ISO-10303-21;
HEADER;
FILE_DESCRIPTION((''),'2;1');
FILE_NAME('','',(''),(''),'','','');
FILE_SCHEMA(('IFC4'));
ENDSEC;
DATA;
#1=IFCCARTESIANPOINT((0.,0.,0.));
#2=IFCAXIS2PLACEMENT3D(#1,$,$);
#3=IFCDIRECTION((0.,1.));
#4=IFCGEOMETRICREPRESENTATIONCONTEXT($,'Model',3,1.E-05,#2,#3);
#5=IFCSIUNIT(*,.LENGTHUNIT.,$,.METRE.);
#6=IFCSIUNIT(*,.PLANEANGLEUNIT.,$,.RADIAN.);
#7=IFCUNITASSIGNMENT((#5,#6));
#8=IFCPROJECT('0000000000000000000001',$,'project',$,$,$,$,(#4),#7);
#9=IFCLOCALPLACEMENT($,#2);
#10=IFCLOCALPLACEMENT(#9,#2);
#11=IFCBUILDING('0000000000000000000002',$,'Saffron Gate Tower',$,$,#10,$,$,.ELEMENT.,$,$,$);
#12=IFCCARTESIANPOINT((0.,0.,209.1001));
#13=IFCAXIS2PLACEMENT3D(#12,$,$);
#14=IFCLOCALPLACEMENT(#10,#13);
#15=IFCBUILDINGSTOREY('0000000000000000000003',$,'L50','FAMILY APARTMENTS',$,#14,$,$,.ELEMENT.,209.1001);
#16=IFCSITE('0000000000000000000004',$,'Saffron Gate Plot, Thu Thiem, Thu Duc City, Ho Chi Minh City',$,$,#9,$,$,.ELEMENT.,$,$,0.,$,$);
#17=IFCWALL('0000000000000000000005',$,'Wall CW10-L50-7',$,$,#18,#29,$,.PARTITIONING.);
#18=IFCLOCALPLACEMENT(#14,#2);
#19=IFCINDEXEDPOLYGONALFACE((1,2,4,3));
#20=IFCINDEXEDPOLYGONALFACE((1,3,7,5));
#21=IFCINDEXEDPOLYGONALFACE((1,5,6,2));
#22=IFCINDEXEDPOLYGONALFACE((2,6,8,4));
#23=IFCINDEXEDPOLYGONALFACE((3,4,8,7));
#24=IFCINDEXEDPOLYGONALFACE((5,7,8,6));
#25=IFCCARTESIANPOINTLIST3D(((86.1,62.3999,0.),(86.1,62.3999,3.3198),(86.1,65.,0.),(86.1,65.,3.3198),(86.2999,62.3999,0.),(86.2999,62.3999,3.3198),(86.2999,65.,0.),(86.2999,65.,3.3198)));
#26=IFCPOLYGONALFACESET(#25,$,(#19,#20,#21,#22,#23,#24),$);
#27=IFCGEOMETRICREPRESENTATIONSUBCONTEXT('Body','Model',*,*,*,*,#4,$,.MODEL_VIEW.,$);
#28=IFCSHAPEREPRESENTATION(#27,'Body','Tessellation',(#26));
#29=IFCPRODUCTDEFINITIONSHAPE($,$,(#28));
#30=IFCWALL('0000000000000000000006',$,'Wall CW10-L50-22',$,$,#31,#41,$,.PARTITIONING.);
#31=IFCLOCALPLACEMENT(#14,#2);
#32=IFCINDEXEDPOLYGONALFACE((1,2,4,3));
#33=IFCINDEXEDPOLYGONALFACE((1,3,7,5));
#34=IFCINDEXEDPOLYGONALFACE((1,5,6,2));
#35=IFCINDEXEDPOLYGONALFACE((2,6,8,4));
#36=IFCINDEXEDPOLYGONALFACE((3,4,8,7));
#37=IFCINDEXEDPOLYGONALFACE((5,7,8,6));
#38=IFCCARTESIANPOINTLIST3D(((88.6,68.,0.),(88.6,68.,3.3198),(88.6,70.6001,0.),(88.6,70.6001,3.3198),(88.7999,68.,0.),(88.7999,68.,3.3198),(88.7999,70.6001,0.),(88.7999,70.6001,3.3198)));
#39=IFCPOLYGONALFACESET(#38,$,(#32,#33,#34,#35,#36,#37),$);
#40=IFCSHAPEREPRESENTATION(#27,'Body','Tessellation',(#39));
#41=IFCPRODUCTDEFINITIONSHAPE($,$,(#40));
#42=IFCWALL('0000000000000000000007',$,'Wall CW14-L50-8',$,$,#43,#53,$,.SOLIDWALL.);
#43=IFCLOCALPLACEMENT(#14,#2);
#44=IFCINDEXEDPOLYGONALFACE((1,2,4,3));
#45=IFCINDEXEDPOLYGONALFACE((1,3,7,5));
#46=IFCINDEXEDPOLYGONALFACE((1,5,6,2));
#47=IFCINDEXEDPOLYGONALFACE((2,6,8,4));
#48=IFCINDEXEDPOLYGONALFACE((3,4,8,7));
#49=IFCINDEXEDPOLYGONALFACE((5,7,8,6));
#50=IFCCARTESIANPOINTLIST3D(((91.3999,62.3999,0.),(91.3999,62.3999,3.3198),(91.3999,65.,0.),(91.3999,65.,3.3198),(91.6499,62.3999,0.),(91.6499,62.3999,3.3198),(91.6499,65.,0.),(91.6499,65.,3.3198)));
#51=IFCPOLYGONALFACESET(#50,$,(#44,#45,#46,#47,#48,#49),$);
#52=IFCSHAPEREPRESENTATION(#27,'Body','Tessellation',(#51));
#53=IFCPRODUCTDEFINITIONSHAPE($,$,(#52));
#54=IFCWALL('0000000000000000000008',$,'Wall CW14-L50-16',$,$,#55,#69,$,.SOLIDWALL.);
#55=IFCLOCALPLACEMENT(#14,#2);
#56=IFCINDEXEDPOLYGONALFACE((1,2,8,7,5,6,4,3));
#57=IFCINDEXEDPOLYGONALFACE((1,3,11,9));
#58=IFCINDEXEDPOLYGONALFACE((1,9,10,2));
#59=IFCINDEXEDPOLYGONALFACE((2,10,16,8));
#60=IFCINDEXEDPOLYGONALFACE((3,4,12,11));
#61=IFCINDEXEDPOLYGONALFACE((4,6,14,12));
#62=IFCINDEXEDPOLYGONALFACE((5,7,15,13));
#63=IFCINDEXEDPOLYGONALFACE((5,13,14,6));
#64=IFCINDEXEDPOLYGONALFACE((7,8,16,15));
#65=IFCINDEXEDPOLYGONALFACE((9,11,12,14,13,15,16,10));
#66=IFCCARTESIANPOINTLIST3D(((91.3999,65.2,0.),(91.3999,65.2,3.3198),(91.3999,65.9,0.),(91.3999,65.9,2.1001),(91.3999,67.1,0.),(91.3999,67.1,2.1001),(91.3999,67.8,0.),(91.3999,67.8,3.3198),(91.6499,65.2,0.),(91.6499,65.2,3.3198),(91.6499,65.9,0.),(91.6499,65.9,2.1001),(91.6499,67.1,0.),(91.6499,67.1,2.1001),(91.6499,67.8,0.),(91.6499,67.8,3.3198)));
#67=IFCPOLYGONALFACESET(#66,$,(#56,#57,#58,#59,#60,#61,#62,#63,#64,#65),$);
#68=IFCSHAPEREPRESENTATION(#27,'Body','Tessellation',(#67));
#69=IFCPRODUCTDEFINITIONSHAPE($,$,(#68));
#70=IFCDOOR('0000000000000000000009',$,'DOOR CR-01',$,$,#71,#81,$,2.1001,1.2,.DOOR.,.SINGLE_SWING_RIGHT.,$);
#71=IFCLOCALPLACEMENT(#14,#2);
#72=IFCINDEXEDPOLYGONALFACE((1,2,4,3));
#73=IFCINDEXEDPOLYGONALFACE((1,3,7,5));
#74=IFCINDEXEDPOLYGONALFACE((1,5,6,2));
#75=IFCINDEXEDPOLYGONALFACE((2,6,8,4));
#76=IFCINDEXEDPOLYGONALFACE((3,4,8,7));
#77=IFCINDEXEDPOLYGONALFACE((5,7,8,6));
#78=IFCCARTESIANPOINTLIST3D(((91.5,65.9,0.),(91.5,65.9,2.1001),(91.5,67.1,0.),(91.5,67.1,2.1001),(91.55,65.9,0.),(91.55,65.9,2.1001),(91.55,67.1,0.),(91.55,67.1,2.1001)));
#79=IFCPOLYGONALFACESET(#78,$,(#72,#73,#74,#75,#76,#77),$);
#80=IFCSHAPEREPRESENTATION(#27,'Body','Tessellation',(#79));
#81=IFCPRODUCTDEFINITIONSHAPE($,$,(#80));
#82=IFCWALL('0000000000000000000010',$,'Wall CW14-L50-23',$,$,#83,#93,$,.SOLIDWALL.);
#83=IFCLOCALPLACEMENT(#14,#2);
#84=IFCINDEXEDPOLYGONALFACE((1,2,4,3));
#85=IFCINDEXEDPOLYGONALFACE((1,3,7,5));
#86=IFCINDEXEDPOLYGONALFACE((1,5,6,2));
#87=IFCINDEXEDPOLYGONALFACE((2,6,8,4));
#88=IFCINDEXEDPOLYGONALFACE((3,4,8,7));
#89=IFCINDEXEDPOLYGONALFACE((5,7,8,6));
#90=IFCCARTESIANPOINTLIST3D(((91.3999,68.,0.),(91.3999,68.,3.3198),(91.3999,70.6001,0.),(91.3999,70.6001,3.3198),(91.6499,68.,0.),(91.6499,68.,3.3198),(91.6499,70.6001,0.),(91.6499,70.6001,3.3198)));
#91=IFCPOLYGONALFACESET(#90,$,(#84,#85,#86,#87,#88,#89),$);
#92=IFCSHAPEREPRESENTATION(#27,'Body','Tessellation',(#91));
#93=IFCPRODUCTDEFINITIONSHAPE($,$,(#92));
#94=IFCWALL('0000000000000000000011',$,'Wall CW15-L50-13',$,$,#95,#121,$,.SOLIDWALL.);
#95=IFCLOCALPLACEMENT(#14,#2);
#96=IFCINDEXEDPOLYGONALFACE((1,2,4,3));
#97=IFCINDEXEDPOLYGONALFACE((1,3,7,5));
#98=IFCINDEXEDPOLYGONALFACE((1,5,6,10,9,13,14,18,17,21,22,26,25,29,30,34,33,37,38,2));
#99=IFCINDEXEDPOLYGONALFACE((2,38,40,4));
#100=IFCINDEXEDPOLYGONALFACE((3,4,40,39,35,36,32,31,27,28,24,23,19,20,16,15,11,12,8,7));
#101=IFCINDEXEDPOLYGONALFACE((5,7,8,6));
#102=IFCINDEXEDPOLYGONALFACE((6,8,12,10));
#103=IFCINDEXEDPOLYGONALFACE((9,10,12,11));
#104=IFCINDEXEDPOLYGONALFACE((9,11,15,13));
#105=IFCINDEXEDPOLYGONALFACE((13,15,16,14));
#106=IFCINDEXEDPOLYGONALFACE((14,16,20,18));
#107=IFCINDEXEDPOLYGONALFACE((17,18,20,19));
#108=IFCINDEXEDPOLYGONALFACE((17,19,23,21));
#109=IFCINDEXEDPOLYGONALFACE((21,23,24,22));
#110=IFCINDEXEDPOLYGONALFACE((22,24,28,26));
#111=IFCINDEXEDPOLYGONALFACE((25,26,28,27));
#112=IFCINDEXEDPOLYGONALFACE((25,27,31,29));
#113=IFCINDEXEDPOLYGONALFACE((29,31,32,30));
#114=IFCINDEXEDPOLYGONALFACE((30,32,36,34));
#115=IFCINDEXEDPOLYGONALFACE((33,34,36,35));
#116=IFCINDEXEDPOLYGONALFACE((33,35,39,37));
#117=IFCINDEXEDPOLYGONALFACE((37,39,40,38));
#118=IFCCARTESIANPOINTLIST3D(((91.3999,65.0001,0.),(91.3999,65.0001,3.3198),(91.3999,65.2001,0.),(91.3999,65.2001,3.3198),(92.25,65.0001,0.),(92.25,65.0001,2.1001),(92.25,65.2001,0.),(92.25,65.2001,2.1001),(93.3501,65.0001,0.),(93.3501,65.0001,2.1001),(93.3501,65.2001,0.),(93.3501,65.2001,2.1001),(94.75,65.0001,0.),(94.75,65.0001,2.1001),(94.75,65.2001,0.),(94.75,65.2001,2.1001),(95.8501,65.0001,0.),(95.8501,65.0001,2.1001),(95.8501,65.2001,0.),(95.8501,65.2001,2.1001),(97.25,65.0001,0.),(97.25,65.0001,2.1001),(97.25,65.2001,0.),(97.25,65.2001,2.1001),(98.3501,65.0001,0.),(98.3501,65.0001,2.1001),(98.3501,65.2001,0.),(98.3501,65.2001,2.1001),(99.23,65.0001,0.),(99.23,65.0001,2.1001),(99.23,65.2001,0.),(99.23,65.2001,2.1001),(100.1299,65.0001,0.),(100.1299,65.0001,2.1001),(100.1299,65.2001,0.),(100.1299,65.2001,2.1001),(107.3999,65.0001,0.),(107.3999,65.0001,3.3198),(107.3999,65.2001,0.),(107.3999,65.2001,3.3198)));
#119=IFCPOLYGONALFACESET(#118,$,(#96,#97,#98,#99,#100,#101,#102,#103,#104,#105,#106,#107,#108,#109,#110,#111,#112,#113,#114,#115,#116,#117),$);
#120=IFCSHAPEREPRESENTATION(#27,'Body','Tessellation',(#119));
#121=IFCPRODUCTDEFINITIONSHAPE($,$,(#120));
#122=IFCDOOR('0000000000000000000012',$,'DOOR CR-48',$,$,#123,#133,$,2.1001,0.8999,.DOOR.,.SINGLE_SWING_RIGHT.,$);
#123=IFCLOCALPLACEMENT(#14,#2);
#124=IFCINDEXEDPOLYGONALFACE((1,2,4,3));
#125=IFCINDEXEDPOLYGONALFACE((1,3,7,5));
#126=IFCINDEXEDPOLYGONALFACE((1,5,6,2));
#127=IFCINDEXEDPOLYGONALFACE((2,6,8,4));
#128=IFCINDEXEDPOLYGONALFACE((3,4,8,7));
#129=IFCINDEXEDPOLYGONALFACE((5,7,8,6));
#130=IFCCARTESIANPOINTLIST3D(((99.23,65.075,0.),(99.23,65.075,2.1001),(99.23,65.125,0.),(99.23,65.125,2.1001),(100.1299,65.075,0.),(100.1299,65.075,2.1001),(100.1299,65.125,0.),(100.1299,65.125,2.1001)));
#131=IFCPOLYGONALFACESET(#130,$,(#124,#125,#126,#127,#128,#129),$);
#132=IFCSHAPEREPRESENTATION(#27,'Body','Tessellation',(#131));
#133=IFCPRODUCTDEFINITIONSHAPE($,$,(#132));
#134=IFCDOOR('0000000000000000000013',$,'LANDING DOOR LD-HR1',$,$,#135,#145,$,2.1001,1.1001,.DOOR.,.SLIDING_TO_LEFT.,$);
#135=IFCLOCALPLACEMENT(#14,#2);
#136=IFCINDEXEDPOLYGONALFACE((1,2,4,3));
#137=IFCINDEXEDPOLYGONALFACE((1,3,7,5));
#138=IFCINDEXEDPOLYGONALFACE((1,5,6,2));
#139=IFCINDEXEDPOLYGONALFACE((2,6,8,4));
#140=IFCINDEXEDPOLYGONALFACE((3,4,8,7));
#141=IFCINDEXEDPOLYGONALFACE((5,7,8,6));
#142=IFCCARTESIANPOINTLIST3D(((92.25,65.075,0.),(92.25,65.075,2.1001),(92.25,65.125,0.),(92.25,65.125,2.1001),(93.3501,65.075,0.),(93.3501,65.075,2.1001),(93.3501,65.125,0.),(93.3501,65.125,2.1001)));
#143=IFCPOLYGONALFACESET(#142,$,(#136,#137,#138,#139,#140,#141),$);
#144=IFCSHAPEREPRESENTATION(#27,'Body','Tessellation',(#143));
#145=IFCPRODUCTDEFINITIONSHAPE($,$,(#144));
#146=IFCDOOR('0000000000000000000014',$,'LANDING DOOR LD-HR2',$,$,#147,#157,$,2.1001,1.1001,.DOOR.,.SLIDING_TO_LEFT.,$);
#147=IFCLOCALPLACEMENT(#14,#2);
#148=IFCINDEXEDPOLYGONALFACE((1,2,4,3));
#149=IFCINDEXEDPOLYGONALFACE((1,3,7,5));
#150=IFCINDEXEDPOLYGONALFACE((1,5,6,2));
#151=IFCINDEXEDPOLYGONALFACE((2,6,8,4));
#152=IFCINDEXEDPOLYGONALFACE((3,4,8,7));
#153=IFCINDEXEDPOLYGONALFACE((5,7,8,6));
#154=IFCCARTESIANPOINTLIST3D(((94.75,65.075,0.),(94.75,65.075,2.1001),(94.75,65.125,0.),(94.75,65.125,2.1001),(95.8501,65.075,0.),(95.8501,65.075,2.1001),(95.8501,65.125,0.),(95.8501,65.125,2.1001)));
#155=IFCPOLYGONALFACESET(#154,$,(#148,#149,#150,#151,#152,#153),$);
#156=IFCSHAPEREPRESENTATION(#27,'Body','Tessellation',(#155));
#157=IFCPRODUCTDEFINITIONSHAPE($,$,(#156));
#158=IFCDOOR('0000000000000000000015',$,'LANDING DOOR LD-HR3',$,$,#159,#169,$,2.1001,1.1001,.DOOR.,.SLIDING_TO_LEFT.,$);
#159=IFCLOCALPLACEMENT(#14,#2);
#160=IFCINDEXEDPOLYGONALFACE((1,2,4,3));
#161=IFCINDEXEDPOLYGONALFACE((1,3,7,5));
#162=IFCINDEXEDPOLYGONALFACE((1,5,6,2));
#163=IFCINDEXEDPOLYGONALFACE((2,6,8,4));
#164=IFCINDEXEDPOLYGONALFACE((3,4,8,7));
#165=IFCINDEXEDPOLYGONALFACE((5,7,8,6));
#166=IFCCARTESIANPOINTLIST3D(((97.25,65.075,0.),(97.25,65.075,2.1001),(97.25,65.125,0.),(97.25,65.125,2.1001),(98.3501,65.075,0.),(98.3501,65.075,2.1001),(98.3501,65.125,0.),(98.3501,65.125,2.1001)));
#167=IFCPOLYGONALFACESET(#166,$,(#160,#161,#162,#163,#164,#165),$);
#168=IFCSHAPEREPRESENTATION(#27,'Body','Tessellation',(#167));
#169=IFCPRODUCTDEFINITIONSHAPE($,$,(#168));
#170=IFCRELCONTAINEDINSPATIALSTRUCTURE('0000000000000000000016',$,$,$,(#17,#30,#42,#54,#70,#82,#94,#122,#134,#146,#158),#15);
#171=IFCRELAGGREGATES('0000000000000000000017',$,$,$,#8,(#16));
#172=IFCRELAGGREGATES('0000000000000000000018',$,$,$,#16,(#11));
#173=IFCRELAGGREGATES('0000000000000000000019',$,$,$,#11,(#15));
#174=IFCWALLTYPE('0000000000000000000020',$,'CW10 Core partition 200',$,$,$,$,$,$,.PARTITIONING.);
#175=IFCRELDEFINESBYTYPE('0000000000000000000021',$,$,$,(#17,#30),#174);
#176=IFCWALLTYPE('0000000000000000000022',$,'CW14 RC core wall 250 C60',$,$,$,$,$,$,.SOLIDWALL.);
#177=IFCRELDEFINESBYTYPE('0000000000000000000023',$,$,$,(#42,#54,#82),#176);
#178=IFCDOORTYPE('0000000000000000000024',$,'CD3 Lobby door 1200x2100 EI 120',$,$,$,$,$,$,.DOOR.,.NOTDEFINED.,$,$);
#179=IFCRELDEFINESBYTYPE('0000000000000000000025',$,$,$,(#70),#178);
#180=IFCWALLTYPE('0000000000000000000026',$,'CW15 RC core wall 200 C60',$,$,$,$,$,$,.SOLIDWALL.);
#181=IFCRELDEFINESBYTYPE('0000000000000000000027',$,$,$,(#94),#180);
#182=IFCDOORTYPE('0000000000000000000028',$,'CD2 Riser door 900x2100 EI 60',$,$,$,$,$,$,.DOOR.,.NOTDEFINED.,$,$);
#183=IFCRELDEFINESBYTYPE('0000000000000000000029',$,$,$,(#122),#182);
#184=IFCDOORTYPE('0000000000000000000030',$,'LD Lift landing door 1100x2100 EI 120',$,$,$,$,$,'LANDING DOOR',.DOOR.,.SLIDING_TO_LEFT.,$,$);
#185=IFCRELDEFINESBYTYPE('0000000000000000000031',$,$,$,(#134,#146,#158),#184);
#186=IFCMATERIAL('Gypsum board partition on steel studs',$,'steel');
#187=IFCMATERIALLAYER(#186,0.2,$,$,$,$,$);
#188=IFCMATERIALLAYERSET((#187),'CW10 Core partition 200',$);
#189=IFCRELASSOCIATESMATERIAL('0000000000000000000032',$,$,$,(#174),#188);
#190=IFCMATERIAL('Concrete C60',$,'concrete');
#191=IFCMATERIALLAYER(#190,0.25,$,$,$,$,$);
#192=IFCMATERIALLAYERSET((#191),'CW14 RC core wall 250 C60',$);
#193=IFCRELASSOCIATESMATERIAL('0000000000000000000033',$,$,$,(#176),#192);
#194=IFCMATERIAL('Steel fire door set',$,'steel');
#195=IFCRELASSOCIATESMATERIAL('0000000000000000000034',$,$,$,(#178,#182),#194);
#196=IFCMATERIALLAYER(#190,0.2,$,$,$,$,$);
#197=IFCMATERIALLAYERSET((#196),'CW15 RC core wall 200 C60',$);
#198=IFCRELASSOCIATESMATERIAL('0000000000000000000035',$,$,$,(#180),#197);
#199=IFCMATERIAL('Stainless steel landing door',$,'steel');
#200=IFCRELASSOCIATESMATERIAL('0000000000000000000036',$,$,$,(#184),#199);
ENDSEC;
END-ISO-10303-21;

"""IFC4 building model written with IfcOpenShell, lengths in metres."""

from ifc_helpers import new_model, si_unit, direction, frame, frame_2d, origin, place, context, subcontext, project, spatial, rectangle, extrude, material, layer, layer_set, type_object, element, fill, save


model = new_model("IFC4")

# Units and contexts
model_context = context("Model", 3, precision=1e-05, world=origin(), true_north=direction((0.0, 1.0)))
body_context = subcontext(model_context, "Body", "Model", "MODEL_VIEW")
ifc_project = project(units=[si_unit("LENGTHUNIT", "METRE"), si_unit("PLANEANGLEUNIT", "RADIAN")], contexts=[model_context])

# Site, building, storey
site_placement = place(None, origin())
site = spatial("IfcSite", under=ifc_project, at=site_placement, Name="Saffron Gate Plot, Thu Thiem, Thu Duc City, Ho Chi Minh City", CompositionType="ELEMENT", RefElevation=0.0)
building_placement = place(site_placement, origin())
building = spatial("IfcBuilding", under=site, at=building_placement, Name="Saffron Gate Tower", CompositionType="ELEMENT")
storey_placement = place(building_placement, frame((0.0, 0.0, 209.1001)))
storey = spatial("IfcBuildingStorey", under=building, at=storey_placement, Name="L50", Description="FAMILY APARTMENTS", CompositionType="ELEMENT", Elevation=209.1001)

# Walls
ifc_material_1 = material(Name="Gypsum board partition on steel studs", Category="steel")
ifc_layer_1 = layer(ifc_material_1, 0.2)
ifc_layer_set_1 = layer_set([ifc_layer_1], Name="CW10 Core partition 200")
wall_type_1 = type_object("IfcWallType", Name="CW10 Core partition 200", PredefinedType="PARTITIONING", material=ifc_layer_set_1)
for number, where, z_axis, x_axis, name in (
    (1, (86.2, 62.3999, 0.0), (0.0, 0.0, 1.0), (0.0, 1.0, 0.0), "Wall CW10-L50-7"),
    (2, (88.7, 68.0, 0.0), (0.0, 0.0, 1.0), (0.0, 1.0, 0.0), "Wall CW10-L50-22"),
):
    element("IfcWall", number, at=place(storey_placement, frame(where, z_axis=z_axis, x_axis=x_axis)), inside=storey, type_object=wall_type_1, Name=name, PredefinedType="PARTITIONING", context=body_context, shape_type="SweptSolid", body=[
        extrude(rectangle(XDim=2.6001, YDim=0.2, at=frame_2d((1.3, 0.0))), origin(), (0.0, 0.0, 1.0), 3.3198),
    ])
ifc_material_2 = material(Name="Concrete C60", Category="concrete")
ifc_layer_2 = layer(ifc_material_2, 0.25)
ifc_layer_set_2 = layer_set([ifc_layer_2], Name="CW14 RC core wall 250 C60")
wall_type_2 = type_object("IfcWallType", Name="CW14 RC core wall 250 C60", PredefinedType="SOLIDWALL", material=ifc_layer_set_2)
wall_1_placement = place(storey_placement, frame((91.5249, 62.3999, 0.0), z_axis=(0.0, 0.0, 1.0), x_axis=(0.0, 1.0, 0.0)))
element("IfcWall", 3, at=wall_1_placement, inside=storey, type_object=wall_type_2, Name="Wall CW14-L50-8", PredefinedType="SOLIDWALL", context=body_context, shape_type="SweptSolid", body=[
    extrude(rectangle(XDim=2.6001, YDim=0.25, at=frame_2d((1.3, 0.0))), origin(), (0.0, 0.0, 1.0), 3.3198),
])

# Wall, opening, door
wall_2_placement = place(storey_placement, frame((91.5249, 65.2, 0.0), z_axis=(0.0, 0.0, 1.0), x_axis=(0.0, 1.0, 0.0)))
wall_2 = element("IfcWall", 4, at=wall_2_placement, inside=storey, type_object=wall_type_2, Name="Wall CW14-L50-16", PredefinedType="SOLIDWALL", context=body_context, shape_type="SweptSolid", body=[
    extrude(rectangle(XDim=2.6001, YDim=0.25, at=frame_2d((1.3, 0.0))), origin(), (0.0, 0.0, 1.0), 3.3198),
])
opening_1_placement = place(wall_2_placement, frame((0.7, 0.0, 0.0)))
opening_1 = element("IfcOpeningElement", 5, at=opening_1_placement, cuts=wall_2, PredefinedType="OPENING", context=body_context, shape_type="SweptSolid", body=[
    extrude(rectangle(XDim=1.2, YDim=2.1001, at=frame_2d((0.6001, 1.05))), frame((0.0, 0.135, 0.0), z_axis=(0.0, -1.0, 0.0), x_axis=(1.0, 0.0, 0.0)), (0.0, 0.0, 1.0), 0.27),
])
ifc_material_3 = material(Name="Steel fire door set", Category="steel")
door_type_1 = type_object("IfcDoorType", Name="CD3 Lobby door 1200x2100 EI 120", OperationType="NOTDEFINED", PredefinedType="DOOR", material=ifc_material_3)
door_1_placement = place(opening_1_placement, origin())
door_1 = element("IfcDoor", 6, at=door_1_placement, inside=storey, type_object=door_type_1, Name="DOOR CR-01", OperationType="SINGLE_SWING_RIGHT", OverallHeight=2.1001, OverallWidth=1.2, PredefinedType="DOOR", context=body_context, shape_type="SweptSolid", body=[
    extrude(rectangle(XDim=1.2, YDim=2.1001, at=frame_2d((0.6001, 1.05))), frame((0.0, 0.0249, 0.0), z_axis=(0.0, -1.0, 0.0), x_axis=(1.0, 0.0, 0.0)), (0.0, 0.0, 1.0), 0.05),
])
fill(opening_1, door_1)

# Wall
wall_3_placement = place(storey_placement, frame((91.5249, 68.0, 0.0), z_axis=(0.0, 0.0, 1.0), x_axis=(0.0, 1.0, 0.0)))
element("IfcWall", 7, at=wall_3_placement, inside=storey, type_object=wall_type_2, Name="Wall CW14-L50-23", PredefinedType="SOLIDWALL", context=body_context, shape_type="SweptSolid", body=[
    extrude(rectangle(XDim=2.6001, YDim=0.25, at=frame_2d((1.3, 0.0))), origin(), (0.0, 0.0, 1.0), 3.3198),
])

# Wall, openings, doors
ifc_layer_3 = layer(ifc_material_2, 0.2)
ifc_layer_set_3 = layer_set([ifc_layer_3], Name="CW15 RC core wall 200 C60")
wall_type_3 = type_object("IfcWallType", Name="CW15 RC core wall 200 C60", PredefinedType="SOLIDWALL", material=ifc_layer_set_3)
wall_4_placement = place(storey_placement, frame((91.3999, 65.1001, 0.0), z_axis=(0.0, 0.0, 1.0), x_axis=(1.0, 0.0, 0.0)))
wall_4 = element("IfcWall", 8, at=wall_4_placement, inside=storey, type_object=wall_type_3, Name="Wall CW15-L50-13", PredefinedType="SOLIDWALL", context=body_context, shape_type="SweptSolid", body=[
    extrude(rectangle(XDim=16.0, YDim=0.2, at=frame_2d((8.0, 0.0))), origin(), (0.0, 0.0, 1.0), 3.3198),
])
opening_2_placement = place(wall_4_placement, frame((0.8501, 0.0, 0.0)))
opening_2 = element("IfcOpeningElement", 9, at=opening_2_placement, cuts=wall_4, PredefinedType="OPENING", context=body_context, shape_type="SweptSolid", body=[
    extrude(rectangle(XDim=1.1001, YDim=2.1001, at=frame_2d((0.55, 1.05))), frame((0.0, 0.1099, 0.0), z_axis=(0.0, -1.0, 0.0), x_axis=(1.0, 0.0, 0.0)), (0.0, 0.0, 1.0), 0.22),
])
opening_3_placement = place(wall_4_placement, frame((3.3501, 0.0, 0.0)))
opening_3 = element("IfcOpeningElement", 10, at=opening_3_placement, cuts=wall_4, PredefinedType="OPENING", context=body_context, shape_type="SweptSolid", body=[
    extrude(rectangle(XDim=1.1001, YDim=2.1001, at=frame_2d((0.55, 1.05))), frame((0.0, 0.1099, 0.0), z_axis=(0.0, -1.0, 0.0), x_axis=(1.0, 0.0, 0.0)), (0.0, 0.0, 1.0), 0.22),
])
opening_4_placement = place(wall_4_placement, frame((5.8501, 0.0, 0.0)))
opening_4 = element("IfcOpeningElement", 11, at=opening_4_placement, cuts=wall_4, PredefinedType="OPENING", context=body_context, shape_type="SweptSolid", body=[
    extrude(rectangle(XDim=1.1001, YDim=2.1001, at=frame_2d((0.55, 1.05))), frame((0.0, 0.1099, 0.0), z_axis=(0.0, -1.0, 0.0), x_axis=(1.0, 0.0, 0.0)), (0.0, 0.0, 1.0), 0.22),
])
opening_5_placement = place(wall_4_placement, frame((7.8301, 0.0, 0.0)))
opening_5 = element("IfcOpeningElement", 12, at=opening_5_placement, cuts=wall_4, PredefinedType="OPENING", context=body_context, shape_type="SweptSolid", body=[
    extrude(rectangle(XDim=0.8999, YDim=2.1001, at=frame_2d((0.45, 1.05))), frame((0.0, 0.1099, 0.0), z_axis=(0.0, -1.0, 0.0), x_axis=(1.0, 0.0, 0.0)), (0.0, 0.0, 1.0), 0.22),
])
door_type_2 = type_object("IfcDoorType", Name="CD2 Riser door 900x2100 EI 60", OperationType="NOTDEFINED", PredefinedType="DOOR", material=ifc_material_3)
door_2_placement = place(opening_5_placement, origin())
door_2 = element("IfcDoor", 13, at=door_2_placement, inside=storey, type_object=door_type_2, Name="DOOR CR-48", OperationType="SINGLE_SWING_RIGHT", OverallHeight=2.1001, OverallWidth=0.8999, PredefinedType="DOOR", context=body_context, shape_type="SweptSolid", body=[
    extrude(rectangle(XDim=0.8999, YDim=2.1001, at=frame_2d((0.45, 1.05))), frame((0.0, 0.0249, 0.0), z_axis=(0.0, -1.0, 0.0), x_axis=(1.0, 0.0, 0.0)), (0.0, 0.0, 1.0), 0.05),
])
fill(opening_5, door_2)
ifc_material_4 = material(Name="Stainless steel landing door", Category="steel")
door_type_3 = type_object("IfcDoorType", Name="LD Lift landing door 1100x2100 EI 120", ElementType="LANDING DOOR", OperationType="SLIDING_TO_LEFT", PredefinedType="DOOR", material=ifc_material_4)
door_3_placement = place(opening_2_placement, origin())
door_3 = element("IfcDoor", 14, at=door_3_placement, inside=storey, type_object=door_type_3, Name="LANDING DOOR LD-HR1", OperationType="SLIDING_TO_LEFT", OverallHeight=2.1001, OverallWidth=1.1001, PredefinedType="DOOR", context=body_context, shape_type="SweptSolid", body=[
    extrude(rectangle(XDim=1.1001, YDim=2.1001, at=frame_2d((0.55, 1.05))), frame((0.0, 0.0249, 0.0), z_axis=(0.0, -1.0, 0.0), x_axis=(1.0, 0.0, 0.0)), (0.0, 0.0, 1.0), 0.05),
])
fill(opening_2, door_3)
door_4_placement = place(opening_3_placement, origin())
door_4 = element("IfcDoor", 15, at=door_4_placement, inside=storey, type_object=door_type_3, Name="LANDING DOOR LD-HR2", OperationType="SLIDING_TO_LEFT", OverallHeight=2.1001, OverallWidth=1.1001, PredefinedType="DOOR", context=body_context, shape_type="SweptSolid", body=[
    extrude(rectangle(XDim=1.1001, YDim=2.1001, at=frame_2d((0.55, 1.05))), frame((0.0, 0.0249, 0.0), z_axis=(0.0, -1.0, 0.0), x_axis=(1.0, 0.0, 0.0)), (0.0, 0.0, 1.0), 0.05),
])
fill(opening_3, door_4)
door_5_placement = place(opening_4_placement, origin())
door_5 = element("IfcDoor", 16, at=door_5_placement, inside=storey, type_object=door_type_3, Name="LANDING DOOR LD-HR3", OperationType="SLIDING_TO_LEFT", OverallHeight=2.1001, OverallWidth=1.1001, PredefinedType="DOOR", context=body_context, shape_type="SweptSolid", body=[
    extrude(rectangle(XDim=1.1001, YDim=2.1001, at=frame_2d((0.55, 1.05))), frame((0.0, 0.0249, 0.0), z_axis=(0.0, -1.0, 0.0), x_axis=(1.0, 0.0, 0.0)), (0.0, 0.0, 1.0), 0.05),
])
fill(opening_4, door_5)

save(model, "model.ifc")
